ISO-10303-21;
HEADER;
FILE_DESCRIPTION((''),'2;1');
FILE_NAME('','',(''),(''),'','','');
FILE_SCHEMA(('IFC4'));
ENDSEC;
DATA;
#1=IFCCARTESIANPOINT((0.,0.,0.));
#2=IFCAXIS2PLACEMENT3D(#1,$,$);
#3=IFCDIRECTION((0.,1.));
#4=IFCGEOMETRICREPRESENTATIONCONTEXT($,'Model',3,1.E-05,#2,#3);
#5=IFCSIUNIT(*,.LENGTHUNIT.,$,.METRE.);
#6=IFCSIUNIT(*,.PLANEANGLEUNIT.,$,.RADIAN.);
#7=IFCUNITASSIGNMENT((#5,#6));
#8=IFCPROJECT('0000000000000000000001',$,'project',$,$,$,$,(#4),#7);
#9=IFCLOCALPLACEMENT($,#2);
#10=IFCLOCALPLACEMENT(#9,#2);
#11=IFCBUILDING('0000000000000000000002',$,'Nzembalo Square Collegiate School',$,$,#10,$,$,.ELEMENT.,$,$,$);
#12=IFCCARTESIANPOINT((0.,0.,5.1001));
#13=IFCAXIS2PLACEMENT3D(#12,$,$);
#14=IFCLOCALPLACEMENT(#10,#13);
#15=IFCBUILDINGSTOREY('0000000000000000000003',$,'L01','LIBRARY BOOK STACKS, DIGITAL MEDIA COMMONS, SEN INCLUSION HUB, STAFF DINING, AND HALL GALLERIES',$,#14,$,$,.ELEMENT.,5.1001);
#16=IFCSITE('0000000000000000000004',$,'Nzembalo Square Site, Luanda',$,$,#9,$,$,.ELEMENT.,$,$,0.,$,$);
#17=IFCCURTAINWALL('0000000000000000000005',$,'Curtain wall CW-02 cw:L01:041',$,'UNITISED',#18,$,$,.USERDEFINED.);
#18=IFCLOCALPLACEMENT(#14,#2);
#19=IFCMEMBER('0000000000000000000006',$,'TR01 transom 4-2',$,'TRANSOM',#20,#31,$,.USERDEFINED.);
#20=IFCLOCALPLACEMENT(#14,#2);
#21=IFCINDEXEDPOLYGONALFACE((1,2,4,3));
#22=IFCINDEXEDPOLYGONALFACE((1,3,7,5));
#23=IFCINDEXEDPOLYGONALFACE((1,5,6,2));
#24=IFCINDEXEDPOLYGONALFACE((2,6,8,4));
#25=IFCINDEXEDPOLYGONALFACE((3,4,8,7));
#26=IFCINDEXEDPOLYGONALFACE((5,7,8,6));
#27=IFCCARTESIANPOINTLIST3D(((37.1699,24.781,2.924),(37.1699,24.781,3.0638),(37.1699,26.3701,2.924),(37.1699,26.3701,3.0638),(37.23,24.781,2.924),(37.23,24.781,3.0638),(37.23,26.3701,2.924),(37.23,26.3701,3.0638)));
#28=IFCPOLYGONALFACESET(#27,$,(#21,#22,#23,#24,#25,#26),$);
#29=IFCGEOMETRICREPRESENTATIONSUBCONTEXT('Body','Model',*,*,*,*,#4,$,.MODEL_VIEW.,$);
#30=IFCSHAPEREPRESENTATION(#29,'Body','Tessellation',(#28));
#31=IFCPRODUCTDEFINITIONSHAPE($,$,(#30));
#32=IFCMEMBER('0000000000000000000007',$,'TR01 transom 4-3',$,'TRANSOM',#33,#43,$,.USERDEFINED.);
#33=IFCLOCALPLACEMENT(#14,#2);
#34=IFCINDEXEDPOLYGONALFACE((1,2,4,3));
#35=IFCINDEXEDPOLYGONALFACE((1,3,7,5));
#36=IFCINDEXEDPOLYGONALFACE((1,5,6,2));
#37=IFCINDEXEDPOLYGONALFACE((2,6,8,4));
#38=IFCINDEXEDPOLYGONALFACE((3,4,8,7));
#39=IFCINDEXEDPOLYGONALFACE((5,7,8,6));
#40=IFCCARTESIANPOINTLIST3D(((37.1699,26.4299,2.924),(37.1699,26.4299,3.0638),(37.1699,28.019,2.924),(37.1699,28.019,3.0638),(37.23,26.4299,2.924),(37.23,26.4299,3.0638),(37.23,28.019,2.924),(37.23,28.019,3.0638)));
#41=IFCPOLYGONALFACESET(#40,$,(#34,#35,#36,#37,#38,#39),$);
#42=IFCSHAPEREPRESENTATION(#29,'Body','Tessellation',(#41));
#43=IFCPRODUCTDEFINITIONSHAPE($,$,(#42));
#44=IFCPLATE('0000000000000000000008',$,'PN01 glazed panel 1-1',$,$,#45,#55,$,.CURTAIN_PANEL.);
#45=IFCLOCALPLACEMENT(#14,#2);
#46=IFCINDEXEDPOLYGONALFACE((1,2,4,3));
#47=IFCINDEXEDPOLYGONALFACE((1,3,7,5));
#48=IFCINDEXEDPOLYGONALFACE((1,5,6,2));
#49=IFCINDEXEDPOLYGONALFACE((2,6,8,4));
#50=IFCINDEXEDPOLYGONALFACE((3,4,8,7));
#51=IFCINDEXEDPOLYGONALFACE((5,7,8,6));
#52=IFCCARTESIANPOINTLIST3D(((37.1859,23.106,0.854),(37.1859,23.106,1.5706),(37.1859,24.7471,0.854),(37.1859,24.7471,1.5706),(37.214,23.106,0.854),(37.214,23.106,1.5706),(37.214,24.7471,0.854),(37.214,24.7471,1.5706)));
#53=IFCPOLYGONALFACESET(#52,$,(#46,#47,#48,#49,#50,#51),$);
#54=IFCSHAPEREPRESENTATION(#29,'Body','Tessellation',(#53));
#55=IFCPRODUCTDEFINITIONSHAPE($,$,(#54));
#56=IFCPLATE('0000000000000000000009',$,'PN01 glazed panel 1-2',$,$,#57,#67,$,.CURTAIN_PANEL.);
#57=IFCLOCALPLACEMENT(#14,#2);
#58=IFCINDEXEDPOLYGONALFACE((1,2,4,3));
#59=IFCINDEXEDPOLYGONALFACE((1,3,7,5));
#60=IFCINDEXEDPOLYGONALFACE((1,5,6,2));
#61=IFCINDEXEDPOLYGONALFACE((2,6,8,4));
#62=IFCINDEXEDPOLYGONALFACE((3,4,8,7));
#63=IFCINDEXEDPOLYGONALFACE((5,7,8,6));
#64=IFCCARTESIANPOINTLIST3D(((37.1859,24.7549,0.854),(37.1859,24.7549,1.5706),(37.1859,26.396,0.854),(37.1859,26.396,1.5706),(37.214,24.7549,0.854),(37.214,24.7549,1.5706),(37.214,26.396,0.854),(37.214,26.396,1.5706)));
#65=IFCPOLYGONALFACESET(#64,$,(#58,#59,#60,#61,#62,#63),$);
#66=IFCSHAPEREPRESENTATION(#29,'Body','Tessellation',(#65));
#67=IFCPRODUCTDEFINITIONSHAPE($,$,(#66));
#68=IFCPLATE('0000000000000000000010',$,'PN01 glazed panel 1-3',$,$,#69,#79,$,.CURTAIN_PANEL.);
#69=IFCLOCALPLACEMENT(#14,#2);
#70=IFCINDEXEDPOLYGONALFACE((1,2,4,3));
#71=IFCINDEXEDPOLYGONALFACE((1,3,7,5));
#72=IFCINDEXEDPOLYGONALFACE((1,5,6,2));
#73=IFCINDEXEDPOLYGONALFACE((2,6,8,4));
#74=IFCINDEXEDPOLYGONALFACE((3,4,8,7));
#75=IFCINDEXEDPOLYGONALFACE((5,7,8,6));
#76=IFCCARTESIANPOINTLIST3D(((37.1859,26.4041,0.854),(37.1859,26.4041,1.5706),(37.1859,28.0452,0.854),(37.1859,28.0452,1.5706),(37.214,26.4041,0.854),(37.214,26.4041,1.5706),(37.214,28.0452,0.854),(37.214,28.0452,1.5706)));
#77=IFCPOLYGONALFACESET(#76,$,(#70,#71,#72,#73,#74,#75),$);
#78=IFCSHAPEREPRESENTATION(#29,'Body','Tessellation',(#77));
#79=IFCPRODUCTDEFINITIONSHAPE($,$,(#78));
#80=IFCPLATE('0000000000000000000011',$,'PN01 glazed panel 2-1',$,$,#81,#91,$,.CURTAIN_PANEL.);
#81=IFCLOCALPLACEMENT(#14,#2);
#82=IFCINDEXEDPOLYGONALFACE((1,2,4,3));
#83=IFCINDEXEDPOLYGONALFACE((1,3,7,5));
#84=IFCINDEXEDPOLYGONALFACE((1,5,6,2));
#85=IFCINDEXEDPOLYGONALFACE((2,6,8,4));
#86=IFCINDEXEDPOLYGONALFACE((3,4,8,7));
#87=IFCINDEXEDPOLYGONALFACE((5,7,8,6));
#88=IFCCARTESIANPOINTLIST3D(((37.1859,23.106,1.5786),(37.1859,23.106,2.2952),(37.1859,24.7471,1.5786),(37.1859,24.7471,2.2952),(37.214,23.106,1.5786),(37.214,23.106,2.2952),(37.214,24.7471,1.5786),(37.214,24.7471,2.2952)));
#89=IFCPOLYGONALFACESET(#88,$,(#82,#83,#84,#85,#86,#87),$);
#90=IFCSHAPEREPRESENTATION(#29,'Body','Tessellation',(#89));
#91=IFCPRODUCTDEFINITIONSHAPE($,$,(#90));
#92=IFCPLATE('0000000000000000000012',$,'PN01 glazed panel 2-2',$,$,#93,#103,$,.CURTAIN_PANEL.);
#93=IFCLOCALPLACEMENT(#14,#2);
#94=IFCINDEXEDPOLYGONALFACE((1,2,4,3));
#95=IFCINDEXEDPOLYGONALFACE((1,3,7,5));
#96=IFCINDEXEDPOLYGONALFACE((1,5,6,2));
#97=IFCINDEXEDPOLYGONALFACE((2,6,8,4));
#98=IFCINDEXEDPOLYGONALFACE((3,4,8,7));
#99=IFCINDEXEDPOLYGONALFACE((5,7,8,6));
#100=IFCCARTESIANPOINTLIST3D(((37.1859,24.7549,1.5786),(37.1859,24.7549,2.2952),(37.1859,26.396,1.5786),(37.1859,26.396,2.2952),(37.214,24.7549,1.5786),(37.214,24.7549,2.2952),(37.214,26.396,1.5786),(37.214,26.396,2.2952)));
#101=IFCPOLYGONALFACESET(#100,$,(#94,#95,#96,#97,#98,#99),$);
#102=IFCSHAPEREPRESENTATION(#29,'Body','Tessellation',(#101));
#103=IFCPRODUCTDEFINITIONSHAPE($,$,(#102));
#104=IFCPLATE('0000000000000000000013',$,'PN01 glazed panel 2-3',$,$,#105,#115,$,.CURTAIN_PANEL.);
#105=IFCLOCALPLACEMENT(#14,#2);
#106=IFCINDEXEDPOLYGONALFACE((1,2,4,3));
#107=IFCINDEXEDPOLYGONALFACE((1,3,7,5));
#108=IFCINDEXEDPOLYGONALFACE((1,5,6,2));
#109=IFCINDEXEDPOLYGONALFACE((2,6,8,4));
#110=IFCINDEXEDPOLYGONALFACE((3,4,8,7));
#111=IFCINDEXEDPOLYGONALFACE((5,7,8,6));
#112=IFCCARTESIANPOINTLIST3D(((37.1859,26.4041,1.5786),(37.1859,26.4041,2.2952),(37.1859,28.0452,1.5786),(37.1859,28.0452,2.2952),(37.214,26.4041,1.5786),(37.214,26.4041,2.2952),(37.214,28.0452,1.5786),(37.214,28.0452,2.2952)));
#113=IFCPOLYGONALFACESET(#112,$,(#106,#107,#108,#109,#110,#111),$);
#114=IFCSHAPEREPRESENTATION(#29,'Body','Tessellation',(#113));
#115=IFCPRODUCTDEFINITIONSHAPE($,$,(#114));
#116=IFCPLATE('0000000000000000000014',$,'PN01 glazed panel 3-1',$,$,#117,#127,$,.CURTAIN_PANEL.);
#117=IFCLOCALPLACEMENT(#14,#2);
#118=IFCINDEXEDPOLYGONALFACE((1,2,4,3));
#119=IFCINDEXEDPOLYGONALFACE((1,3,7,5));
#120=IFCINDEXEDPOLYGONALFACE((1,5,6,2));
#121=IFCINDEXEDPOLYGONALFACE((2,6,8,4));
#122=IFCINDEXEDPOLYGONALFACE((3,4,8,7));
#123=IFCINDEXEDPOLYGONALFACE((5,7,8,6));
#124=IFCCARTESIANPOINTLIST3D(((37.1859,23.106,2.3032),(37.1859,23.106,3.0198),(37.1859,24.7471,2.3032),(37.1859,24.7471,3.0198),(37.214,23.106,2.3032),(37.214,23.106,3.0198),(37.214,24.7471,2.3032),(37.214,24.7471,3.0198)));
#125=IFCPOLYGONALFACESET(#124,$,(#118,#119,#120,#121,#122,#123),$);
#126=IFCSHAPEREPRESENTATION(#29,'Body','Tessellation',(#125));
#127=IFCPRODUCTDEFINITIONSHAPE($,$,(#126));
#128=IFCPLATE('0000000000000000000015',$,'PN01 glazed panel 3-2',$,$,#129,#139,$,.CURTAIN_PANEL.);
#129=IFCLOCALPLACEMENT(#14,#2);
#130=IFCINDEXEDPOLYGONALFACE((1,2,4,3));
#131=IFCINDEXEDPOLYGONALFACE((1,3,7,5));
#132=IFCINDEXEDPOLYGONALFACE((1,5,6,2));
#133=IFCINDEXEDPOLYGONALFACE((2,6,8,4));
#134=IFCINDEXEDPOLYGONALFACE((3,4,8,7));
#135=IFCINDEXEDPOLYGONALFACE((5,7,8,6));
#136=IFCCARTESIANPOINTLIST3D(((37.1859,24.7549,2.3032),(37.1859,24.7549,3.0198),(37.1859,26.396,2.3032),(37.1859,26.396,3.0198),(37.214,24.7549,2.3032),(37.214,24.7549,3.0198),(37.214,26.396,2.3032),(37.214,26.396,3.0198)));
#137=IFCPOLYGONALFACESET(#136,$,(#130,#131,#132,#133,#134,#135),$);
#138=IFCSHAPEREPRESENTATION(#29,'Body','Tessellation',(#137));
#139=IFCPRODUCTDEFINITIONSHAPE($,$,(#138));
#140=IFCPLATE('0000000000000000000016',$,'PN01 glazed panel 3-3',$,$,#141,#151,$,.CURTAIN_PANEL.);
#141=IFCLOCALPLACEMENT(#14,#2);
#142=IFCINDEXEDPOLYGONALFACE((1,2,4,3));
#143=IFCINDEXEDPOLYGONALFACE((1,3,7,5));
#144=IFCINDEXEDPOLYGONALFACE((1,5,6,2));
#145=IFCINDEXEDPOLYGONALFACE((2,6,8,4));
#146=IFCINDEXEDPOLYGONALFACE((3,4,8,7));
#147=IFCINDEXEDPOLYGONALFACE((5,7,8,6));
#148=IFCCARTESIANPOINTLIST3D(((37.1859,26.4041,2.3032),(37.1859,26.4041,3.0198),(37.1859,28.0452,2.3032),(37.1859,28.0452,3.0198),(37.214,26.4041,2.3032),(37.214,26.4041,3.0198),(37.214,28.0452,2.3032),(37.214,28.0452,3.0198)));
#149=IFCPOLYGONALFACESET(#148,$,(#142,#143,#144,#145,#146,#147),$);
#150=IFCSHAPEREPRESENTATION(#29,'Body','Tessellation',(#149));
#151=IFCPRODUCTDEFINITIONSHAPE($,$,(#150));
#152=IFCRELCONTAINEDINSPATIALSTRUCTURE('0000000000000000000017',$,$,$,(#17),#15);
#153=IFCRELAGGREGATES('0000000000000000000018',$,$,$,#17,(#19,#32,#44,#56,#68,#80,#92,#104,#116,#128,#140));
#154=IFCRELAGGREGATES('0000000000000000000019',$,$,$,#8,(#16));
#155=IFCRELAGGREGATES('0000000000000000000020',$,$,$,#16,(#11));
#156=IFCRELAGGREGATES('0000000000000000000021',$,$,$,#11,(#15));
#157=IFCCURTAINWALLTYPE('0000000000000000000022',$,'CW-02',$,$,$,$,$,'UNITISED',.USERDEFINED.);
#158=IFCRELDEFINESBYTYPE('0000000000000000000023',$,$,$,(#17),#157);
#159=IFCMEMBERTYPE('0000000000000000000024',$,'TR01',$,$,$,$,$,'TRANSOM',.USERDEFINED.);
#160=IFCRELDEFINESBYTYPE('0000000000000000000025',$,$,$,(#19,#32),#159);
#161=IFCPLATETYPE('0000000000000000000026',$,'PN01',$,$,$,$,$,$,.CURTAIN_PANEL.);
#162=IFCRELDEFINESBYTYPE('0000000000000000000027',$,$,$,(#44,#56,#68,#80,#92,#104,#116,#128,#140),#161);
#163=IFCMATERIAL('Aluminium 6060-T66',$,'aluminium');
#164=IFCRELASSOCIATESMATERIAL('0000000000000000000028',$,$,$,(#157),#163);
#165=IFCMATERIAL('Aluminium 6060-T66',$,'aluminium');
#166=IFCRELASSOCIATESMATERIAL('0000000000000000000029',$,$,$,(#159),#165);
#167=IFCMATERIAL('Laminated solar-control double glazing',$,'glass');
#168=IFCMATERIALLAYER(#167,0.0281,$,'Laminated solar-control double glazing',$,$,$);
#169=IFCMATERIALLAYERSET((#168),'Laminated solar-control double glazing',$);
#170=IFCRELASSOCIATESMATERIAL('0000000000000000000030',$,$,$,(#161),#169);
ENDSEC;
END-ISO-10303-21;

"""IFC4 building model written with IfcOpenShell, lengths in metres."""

from ifc_helpers import new_model, si_unit, direction, frame, origin, origin_2d, place, context, subcontext, project, spatial, rectangle, extrude, material, layer, layer_set, material_profile, profile_set, type_object, element, aggregate, save


model = new_model("IFC4")

# Units and contexts
model_context = context("Model", 3, precision=1e-05, world=origin(), true_north=direction((0.0, 1.0)))
body_context = subcontext(model_context, "Body", "Model", "MODEL_VIEW")
ifc_project = project(units=[si_unit("LENGTHUNIT", "METRE"), si_unit("PLANEANGLEUNIT", "RADIAN")], contexts=[model_context])

# Site, building, storey
site_placement = place(None, origin())
site = spatial("IfcSite", under=ifc_project, at=site_placement, Name="Nzembalo Square Site, Luanda", CompositionType="ELEMENT", RefElevation=0.0)
building_placement = place(site_placement, origin())
building = spatial("IfcBuilding", under=site, at=building_placement, Name="Nzembalo Square Collegiate School", CompositionType="ELEMENT")
storey_placement = place(building_placement, frame((0.0, 0.0, 5.1001)))
storey = spatial("IfcBuildingStorey", under=building, at=storey_placement, Name="L01", Description="LIBRARY BOOK STACKS, DIGITAL MEDIA COMMONS, SEN INCLUSION HUB, STAFF DINING, AND HALL GALLERIES", CompositionType="ELEMENT", Elevation=5.1001)

# Curtain wall, members, plates
ifc_material_1 = material(Name="Aluminium 6060-T66", Category="aluminium")
curtain_wall_type = type_object("IfcCurtainWallType", Name="CW-02", ElementType="UNITISED", PredefinedType="USERDEFINED", material=ifc_material_1)
curtain_wall_placement = place(storey_placement, origin())
curtain_wall = element("IfcCurtainWall", 1, at=curtain_wall_placement, inside=storey, type_object=curtain_wall_type, Name="Curtain wall CW-02 cw:L01:041", ObjectType="UNITISED", PredefinedType="USERDEFINED")
ifc_material_2 = material(Name="Aluminium 6060-T66", Category="aluminium")
ifc_material_profile_1 = material_profile(ifc_material_2, rectangle(XDim=0.0601, YDim=0.1399, at=origin_2d()), Name="ALU T60x140")
ifc_profile_set_1 = profile_set([ifc_material_profile_1], Name="Aluminium 6060-T66")
member_type_1 = type_object("IfcMemberType", Name="TR01", ElementType="TRANSOM", PredefinedType="USERDEFINED", material=ifc_profile_set_1)
member_1_placement = place(storey_placement, frame((37.2, 24.781, 2.9939), z_axis=(0.0, 1.0, 0.0), x_axis=(-1.0, 0.0, 0.0)))
member_1 = element("IfcMember", 2, at=member_1_placement, type_object=member_type_1, Name="TR01 transom 4-2", ObjectType="TRANSOM", PredefinedType="USERDEFINED", context=body_context, shape_type="SweptSolid", body=[
    extrude(rectangle(XDim=0.0601, YDim=0.1399, at=origin_2d()), origin(), (0.0, 0.0, 1.0), 1.5891),
])
member_2_placement = place(storey_placement, frame((37.2, 26.4299, 2.9939), z_axis=(0.0, 1.0, 0.0), x_axis=(-1.0, 0.0, 0.0)))
member_2 = element("IfcMember", 3, at=member_2_placement, type_object=member_type_1, Name="TR01 transom 4-3", ObjectType="TRANSOM", PredefinedType="USERDEFINED", context=body_context, shape_type="SweptSolid", body=[
    extrude(rectangle(XDim=0.0601, YDim=0.1399, at=origin_2d()), origin(), (0.0, 0.0, 1.0), 1.5891),
])
ifc_material_3 = material(Name="Laminated solar-control double glazing", Category="glass")
ifc_layer = layer(ifc_material_3, 0.0281, Name="Laminated solar-control double glazing")
ifc_layer_set = layer_set([ifc_layer], Name="Laminated solar-control double glazing")
plate_type = type_object("IfcPlateType", Name="PN01", PredefinedType="CURTAIN_PANEL", material=ifc_layer_set)
plate_1_placement = place(storey_placement, frame((37.2, 23.9265, 0.854), z_axis=(0.0, 0.0, 1.0), x_axis=(0.0, 1.0, 0.0)))
plate_1 = element("IfcPlate", 4, at=plate_1_placement, type_object=plate_type, Name="PN01 glazed panel 1-1", PredefinedType="CURTAIN_PANEL", context=body_context, shape_type="SweptSolid", body=[
    extrude(rectangle(XDim=1.6411, YDim=0.0281, at=origin_2d()), origin(), (0.0, 0.0, 1.0), 0.7166),
])
plate_2_placement = place(storey_placement, frame((37.2, 25.5754, 0.854), z_axis=(0.0, 0.0, 1.0), x_axis=(0.0, 1.0, 0.0)))
plate_2 = element("IfcPlate", 5, at=plate_2_placement, type_object=plate_type, Name="PN01 glazed panel 1-2", PredefinedType="CURTAIN_PANEL", context=body_context, shape_type="SweptSolid", body=[
    extrude(rectangle(XDim=1.6411, YDim=0.0281, at=origin_2d()), origin(), (0.0, 0.0, 1.0), 0.7166),
])
plate_3_placement = place(storey_placement, frame((37.2, 27.2246, 0.854), z_axis=(0.0, 0.0, 1.0), x_axis=(0.0, 1.0, 0.0)))
plate_3 = element("IfcPlate", 6, at=plate_3_placement, type_object=plate_type, Name="PN01 glazed panel 1-3", PredefinedType="CURTAIN_PANEL", context=body_context, shape_type="SweptSolid", body=[
    extrude(rectangle(XDim=1.6411, YDim=0.0281, at=origin_2d()), origin(), (0.0, 0.0, 1.0), 0.7166),
])
plate_4_placement = place(storey_placement, frame((37.2, 23.9265, 1.5786), z_axis=(0.0, 0.0, 1.0), x_axis=(0.0, 1.0, 0.0)))
plate_4 = element("IfcPlate", 7, at=plate_4_placement, type_object=plate_type, Name="PN01 glazed panel 2-1", PredefinedType="CURTAIN_PANEL", context=body_context, shape_type="SweptSolid", body=[
    extrude(rectangle(XDim=1.6411, YDim=0.0281, at=origin_2d()), origin(), (0.0, 0.0, 1.0), 0.7166),
])
plate_5_placement = place(storey_placement, frame((37.2, 25.5754, 1.5786), z_axis=(0.0, 0.0, 1.0), x_axis=(0.0, 1.0, 0.0)))
plate_5 = element("IfcPlate", 8, at=plate_5_placement, type_object=plate_type, Name="PN01 glazed panel 2-2", PredefinedType="CURTAIN_PANEL", context=body_context, shape_type="SweptSolid", body=[
    extrude(rectangle(XDim=1.6411, YDim=0.0281, at=origin_2d()), origin(), (0.0, 0.0, 1.0), 0.7166),
])
plate_6_placement = place(storey_placement, frame((37.2, 27.2246, 1.5786), z_axis=(0.0, 0.0, 1.0), x_axis=(0.0, 1.0, 0.0)))
plate_6 = element("IfcPlate", 9, at=plate_6_placement, type_object=plate_type, Name="PN01 glazed panel 2-3", PredefinedType="CURTAIN_PANEL", context=body_context, shape_type="SweptSolid", body=[
    extrude(rectangle(XDim=1.6411, YDim=0.0281, at=origin_2d()), origin(), (0.0, 0.0, 1.0), 0.7166),
])
plate_7_placement = place(storey_placement, frame((37.2, 23.9265, 2.3032), z_axis=(0.0, 0.0, 1.0), x_axis=(0.0, 1.0, 0.0)))
plate_7 = element("IfcPlate", 10, at=plate_7_placement, type_object=plate_type, Name="PN01 glazed panel 3-1", PredefinedType="CURTAIN_PANEL", context=body_context, shape_type="SweptSolid", body=[
    extrude(rectangle(XDim=1.6411, YDim=0.0281, at=origin_2d()), origin(), (0.0, 0.0, 1.0), 0.7166),
])
plate_8_placement = place(storey_placement, frame((37.2, 25.5754, 2.3032), z_axis=(0.0, 0.0, 1.0), x_axis=(0.0, 1.0, 0.0)))
plate_8 = element("IfcPlate", 11, at=plate_8_placement, type_object=plate_type, Name="PN01 glazed panel 3-2", PredefinedType="CURTAIN_PANEL", context=body_context, shape_type="SweptSolid", body=[
    extrude(rectangle(XDim=1.6411, YDim=0.0281, at=origin_2d()), origin(), (0.0, 0.0, 1.0), 0.7166),
])
plate_9_placement = place(storey_placement, frame((37.2, 27.2246, 2.3032), z_axis=(0.0, 0.0, 1.0), x_axis=(0.0, 1.0, 0.0)))
plate_9 = element("IfcPlate", 12, at=plate_9_placement, type_object=plate_type, Name="PN01 glazed panel 3-3", PredefinedType="CURTAIN_PANEL", context=body_context, shape_type="SweptSolid", body=[
    extrude(rectangle(XDim=1.6411, YDim=0.0281, at=origin_2d()), origin(), (0.0, 0.0, 1.0), 0.7166),
])
aggregate(curtain_wall, [member_1, member_2, plate_1, plate_2, plate_3, plate_4, plate_5, plate_6, plate_7, plate_8, plate_9])

save(model, "model.ifc")
